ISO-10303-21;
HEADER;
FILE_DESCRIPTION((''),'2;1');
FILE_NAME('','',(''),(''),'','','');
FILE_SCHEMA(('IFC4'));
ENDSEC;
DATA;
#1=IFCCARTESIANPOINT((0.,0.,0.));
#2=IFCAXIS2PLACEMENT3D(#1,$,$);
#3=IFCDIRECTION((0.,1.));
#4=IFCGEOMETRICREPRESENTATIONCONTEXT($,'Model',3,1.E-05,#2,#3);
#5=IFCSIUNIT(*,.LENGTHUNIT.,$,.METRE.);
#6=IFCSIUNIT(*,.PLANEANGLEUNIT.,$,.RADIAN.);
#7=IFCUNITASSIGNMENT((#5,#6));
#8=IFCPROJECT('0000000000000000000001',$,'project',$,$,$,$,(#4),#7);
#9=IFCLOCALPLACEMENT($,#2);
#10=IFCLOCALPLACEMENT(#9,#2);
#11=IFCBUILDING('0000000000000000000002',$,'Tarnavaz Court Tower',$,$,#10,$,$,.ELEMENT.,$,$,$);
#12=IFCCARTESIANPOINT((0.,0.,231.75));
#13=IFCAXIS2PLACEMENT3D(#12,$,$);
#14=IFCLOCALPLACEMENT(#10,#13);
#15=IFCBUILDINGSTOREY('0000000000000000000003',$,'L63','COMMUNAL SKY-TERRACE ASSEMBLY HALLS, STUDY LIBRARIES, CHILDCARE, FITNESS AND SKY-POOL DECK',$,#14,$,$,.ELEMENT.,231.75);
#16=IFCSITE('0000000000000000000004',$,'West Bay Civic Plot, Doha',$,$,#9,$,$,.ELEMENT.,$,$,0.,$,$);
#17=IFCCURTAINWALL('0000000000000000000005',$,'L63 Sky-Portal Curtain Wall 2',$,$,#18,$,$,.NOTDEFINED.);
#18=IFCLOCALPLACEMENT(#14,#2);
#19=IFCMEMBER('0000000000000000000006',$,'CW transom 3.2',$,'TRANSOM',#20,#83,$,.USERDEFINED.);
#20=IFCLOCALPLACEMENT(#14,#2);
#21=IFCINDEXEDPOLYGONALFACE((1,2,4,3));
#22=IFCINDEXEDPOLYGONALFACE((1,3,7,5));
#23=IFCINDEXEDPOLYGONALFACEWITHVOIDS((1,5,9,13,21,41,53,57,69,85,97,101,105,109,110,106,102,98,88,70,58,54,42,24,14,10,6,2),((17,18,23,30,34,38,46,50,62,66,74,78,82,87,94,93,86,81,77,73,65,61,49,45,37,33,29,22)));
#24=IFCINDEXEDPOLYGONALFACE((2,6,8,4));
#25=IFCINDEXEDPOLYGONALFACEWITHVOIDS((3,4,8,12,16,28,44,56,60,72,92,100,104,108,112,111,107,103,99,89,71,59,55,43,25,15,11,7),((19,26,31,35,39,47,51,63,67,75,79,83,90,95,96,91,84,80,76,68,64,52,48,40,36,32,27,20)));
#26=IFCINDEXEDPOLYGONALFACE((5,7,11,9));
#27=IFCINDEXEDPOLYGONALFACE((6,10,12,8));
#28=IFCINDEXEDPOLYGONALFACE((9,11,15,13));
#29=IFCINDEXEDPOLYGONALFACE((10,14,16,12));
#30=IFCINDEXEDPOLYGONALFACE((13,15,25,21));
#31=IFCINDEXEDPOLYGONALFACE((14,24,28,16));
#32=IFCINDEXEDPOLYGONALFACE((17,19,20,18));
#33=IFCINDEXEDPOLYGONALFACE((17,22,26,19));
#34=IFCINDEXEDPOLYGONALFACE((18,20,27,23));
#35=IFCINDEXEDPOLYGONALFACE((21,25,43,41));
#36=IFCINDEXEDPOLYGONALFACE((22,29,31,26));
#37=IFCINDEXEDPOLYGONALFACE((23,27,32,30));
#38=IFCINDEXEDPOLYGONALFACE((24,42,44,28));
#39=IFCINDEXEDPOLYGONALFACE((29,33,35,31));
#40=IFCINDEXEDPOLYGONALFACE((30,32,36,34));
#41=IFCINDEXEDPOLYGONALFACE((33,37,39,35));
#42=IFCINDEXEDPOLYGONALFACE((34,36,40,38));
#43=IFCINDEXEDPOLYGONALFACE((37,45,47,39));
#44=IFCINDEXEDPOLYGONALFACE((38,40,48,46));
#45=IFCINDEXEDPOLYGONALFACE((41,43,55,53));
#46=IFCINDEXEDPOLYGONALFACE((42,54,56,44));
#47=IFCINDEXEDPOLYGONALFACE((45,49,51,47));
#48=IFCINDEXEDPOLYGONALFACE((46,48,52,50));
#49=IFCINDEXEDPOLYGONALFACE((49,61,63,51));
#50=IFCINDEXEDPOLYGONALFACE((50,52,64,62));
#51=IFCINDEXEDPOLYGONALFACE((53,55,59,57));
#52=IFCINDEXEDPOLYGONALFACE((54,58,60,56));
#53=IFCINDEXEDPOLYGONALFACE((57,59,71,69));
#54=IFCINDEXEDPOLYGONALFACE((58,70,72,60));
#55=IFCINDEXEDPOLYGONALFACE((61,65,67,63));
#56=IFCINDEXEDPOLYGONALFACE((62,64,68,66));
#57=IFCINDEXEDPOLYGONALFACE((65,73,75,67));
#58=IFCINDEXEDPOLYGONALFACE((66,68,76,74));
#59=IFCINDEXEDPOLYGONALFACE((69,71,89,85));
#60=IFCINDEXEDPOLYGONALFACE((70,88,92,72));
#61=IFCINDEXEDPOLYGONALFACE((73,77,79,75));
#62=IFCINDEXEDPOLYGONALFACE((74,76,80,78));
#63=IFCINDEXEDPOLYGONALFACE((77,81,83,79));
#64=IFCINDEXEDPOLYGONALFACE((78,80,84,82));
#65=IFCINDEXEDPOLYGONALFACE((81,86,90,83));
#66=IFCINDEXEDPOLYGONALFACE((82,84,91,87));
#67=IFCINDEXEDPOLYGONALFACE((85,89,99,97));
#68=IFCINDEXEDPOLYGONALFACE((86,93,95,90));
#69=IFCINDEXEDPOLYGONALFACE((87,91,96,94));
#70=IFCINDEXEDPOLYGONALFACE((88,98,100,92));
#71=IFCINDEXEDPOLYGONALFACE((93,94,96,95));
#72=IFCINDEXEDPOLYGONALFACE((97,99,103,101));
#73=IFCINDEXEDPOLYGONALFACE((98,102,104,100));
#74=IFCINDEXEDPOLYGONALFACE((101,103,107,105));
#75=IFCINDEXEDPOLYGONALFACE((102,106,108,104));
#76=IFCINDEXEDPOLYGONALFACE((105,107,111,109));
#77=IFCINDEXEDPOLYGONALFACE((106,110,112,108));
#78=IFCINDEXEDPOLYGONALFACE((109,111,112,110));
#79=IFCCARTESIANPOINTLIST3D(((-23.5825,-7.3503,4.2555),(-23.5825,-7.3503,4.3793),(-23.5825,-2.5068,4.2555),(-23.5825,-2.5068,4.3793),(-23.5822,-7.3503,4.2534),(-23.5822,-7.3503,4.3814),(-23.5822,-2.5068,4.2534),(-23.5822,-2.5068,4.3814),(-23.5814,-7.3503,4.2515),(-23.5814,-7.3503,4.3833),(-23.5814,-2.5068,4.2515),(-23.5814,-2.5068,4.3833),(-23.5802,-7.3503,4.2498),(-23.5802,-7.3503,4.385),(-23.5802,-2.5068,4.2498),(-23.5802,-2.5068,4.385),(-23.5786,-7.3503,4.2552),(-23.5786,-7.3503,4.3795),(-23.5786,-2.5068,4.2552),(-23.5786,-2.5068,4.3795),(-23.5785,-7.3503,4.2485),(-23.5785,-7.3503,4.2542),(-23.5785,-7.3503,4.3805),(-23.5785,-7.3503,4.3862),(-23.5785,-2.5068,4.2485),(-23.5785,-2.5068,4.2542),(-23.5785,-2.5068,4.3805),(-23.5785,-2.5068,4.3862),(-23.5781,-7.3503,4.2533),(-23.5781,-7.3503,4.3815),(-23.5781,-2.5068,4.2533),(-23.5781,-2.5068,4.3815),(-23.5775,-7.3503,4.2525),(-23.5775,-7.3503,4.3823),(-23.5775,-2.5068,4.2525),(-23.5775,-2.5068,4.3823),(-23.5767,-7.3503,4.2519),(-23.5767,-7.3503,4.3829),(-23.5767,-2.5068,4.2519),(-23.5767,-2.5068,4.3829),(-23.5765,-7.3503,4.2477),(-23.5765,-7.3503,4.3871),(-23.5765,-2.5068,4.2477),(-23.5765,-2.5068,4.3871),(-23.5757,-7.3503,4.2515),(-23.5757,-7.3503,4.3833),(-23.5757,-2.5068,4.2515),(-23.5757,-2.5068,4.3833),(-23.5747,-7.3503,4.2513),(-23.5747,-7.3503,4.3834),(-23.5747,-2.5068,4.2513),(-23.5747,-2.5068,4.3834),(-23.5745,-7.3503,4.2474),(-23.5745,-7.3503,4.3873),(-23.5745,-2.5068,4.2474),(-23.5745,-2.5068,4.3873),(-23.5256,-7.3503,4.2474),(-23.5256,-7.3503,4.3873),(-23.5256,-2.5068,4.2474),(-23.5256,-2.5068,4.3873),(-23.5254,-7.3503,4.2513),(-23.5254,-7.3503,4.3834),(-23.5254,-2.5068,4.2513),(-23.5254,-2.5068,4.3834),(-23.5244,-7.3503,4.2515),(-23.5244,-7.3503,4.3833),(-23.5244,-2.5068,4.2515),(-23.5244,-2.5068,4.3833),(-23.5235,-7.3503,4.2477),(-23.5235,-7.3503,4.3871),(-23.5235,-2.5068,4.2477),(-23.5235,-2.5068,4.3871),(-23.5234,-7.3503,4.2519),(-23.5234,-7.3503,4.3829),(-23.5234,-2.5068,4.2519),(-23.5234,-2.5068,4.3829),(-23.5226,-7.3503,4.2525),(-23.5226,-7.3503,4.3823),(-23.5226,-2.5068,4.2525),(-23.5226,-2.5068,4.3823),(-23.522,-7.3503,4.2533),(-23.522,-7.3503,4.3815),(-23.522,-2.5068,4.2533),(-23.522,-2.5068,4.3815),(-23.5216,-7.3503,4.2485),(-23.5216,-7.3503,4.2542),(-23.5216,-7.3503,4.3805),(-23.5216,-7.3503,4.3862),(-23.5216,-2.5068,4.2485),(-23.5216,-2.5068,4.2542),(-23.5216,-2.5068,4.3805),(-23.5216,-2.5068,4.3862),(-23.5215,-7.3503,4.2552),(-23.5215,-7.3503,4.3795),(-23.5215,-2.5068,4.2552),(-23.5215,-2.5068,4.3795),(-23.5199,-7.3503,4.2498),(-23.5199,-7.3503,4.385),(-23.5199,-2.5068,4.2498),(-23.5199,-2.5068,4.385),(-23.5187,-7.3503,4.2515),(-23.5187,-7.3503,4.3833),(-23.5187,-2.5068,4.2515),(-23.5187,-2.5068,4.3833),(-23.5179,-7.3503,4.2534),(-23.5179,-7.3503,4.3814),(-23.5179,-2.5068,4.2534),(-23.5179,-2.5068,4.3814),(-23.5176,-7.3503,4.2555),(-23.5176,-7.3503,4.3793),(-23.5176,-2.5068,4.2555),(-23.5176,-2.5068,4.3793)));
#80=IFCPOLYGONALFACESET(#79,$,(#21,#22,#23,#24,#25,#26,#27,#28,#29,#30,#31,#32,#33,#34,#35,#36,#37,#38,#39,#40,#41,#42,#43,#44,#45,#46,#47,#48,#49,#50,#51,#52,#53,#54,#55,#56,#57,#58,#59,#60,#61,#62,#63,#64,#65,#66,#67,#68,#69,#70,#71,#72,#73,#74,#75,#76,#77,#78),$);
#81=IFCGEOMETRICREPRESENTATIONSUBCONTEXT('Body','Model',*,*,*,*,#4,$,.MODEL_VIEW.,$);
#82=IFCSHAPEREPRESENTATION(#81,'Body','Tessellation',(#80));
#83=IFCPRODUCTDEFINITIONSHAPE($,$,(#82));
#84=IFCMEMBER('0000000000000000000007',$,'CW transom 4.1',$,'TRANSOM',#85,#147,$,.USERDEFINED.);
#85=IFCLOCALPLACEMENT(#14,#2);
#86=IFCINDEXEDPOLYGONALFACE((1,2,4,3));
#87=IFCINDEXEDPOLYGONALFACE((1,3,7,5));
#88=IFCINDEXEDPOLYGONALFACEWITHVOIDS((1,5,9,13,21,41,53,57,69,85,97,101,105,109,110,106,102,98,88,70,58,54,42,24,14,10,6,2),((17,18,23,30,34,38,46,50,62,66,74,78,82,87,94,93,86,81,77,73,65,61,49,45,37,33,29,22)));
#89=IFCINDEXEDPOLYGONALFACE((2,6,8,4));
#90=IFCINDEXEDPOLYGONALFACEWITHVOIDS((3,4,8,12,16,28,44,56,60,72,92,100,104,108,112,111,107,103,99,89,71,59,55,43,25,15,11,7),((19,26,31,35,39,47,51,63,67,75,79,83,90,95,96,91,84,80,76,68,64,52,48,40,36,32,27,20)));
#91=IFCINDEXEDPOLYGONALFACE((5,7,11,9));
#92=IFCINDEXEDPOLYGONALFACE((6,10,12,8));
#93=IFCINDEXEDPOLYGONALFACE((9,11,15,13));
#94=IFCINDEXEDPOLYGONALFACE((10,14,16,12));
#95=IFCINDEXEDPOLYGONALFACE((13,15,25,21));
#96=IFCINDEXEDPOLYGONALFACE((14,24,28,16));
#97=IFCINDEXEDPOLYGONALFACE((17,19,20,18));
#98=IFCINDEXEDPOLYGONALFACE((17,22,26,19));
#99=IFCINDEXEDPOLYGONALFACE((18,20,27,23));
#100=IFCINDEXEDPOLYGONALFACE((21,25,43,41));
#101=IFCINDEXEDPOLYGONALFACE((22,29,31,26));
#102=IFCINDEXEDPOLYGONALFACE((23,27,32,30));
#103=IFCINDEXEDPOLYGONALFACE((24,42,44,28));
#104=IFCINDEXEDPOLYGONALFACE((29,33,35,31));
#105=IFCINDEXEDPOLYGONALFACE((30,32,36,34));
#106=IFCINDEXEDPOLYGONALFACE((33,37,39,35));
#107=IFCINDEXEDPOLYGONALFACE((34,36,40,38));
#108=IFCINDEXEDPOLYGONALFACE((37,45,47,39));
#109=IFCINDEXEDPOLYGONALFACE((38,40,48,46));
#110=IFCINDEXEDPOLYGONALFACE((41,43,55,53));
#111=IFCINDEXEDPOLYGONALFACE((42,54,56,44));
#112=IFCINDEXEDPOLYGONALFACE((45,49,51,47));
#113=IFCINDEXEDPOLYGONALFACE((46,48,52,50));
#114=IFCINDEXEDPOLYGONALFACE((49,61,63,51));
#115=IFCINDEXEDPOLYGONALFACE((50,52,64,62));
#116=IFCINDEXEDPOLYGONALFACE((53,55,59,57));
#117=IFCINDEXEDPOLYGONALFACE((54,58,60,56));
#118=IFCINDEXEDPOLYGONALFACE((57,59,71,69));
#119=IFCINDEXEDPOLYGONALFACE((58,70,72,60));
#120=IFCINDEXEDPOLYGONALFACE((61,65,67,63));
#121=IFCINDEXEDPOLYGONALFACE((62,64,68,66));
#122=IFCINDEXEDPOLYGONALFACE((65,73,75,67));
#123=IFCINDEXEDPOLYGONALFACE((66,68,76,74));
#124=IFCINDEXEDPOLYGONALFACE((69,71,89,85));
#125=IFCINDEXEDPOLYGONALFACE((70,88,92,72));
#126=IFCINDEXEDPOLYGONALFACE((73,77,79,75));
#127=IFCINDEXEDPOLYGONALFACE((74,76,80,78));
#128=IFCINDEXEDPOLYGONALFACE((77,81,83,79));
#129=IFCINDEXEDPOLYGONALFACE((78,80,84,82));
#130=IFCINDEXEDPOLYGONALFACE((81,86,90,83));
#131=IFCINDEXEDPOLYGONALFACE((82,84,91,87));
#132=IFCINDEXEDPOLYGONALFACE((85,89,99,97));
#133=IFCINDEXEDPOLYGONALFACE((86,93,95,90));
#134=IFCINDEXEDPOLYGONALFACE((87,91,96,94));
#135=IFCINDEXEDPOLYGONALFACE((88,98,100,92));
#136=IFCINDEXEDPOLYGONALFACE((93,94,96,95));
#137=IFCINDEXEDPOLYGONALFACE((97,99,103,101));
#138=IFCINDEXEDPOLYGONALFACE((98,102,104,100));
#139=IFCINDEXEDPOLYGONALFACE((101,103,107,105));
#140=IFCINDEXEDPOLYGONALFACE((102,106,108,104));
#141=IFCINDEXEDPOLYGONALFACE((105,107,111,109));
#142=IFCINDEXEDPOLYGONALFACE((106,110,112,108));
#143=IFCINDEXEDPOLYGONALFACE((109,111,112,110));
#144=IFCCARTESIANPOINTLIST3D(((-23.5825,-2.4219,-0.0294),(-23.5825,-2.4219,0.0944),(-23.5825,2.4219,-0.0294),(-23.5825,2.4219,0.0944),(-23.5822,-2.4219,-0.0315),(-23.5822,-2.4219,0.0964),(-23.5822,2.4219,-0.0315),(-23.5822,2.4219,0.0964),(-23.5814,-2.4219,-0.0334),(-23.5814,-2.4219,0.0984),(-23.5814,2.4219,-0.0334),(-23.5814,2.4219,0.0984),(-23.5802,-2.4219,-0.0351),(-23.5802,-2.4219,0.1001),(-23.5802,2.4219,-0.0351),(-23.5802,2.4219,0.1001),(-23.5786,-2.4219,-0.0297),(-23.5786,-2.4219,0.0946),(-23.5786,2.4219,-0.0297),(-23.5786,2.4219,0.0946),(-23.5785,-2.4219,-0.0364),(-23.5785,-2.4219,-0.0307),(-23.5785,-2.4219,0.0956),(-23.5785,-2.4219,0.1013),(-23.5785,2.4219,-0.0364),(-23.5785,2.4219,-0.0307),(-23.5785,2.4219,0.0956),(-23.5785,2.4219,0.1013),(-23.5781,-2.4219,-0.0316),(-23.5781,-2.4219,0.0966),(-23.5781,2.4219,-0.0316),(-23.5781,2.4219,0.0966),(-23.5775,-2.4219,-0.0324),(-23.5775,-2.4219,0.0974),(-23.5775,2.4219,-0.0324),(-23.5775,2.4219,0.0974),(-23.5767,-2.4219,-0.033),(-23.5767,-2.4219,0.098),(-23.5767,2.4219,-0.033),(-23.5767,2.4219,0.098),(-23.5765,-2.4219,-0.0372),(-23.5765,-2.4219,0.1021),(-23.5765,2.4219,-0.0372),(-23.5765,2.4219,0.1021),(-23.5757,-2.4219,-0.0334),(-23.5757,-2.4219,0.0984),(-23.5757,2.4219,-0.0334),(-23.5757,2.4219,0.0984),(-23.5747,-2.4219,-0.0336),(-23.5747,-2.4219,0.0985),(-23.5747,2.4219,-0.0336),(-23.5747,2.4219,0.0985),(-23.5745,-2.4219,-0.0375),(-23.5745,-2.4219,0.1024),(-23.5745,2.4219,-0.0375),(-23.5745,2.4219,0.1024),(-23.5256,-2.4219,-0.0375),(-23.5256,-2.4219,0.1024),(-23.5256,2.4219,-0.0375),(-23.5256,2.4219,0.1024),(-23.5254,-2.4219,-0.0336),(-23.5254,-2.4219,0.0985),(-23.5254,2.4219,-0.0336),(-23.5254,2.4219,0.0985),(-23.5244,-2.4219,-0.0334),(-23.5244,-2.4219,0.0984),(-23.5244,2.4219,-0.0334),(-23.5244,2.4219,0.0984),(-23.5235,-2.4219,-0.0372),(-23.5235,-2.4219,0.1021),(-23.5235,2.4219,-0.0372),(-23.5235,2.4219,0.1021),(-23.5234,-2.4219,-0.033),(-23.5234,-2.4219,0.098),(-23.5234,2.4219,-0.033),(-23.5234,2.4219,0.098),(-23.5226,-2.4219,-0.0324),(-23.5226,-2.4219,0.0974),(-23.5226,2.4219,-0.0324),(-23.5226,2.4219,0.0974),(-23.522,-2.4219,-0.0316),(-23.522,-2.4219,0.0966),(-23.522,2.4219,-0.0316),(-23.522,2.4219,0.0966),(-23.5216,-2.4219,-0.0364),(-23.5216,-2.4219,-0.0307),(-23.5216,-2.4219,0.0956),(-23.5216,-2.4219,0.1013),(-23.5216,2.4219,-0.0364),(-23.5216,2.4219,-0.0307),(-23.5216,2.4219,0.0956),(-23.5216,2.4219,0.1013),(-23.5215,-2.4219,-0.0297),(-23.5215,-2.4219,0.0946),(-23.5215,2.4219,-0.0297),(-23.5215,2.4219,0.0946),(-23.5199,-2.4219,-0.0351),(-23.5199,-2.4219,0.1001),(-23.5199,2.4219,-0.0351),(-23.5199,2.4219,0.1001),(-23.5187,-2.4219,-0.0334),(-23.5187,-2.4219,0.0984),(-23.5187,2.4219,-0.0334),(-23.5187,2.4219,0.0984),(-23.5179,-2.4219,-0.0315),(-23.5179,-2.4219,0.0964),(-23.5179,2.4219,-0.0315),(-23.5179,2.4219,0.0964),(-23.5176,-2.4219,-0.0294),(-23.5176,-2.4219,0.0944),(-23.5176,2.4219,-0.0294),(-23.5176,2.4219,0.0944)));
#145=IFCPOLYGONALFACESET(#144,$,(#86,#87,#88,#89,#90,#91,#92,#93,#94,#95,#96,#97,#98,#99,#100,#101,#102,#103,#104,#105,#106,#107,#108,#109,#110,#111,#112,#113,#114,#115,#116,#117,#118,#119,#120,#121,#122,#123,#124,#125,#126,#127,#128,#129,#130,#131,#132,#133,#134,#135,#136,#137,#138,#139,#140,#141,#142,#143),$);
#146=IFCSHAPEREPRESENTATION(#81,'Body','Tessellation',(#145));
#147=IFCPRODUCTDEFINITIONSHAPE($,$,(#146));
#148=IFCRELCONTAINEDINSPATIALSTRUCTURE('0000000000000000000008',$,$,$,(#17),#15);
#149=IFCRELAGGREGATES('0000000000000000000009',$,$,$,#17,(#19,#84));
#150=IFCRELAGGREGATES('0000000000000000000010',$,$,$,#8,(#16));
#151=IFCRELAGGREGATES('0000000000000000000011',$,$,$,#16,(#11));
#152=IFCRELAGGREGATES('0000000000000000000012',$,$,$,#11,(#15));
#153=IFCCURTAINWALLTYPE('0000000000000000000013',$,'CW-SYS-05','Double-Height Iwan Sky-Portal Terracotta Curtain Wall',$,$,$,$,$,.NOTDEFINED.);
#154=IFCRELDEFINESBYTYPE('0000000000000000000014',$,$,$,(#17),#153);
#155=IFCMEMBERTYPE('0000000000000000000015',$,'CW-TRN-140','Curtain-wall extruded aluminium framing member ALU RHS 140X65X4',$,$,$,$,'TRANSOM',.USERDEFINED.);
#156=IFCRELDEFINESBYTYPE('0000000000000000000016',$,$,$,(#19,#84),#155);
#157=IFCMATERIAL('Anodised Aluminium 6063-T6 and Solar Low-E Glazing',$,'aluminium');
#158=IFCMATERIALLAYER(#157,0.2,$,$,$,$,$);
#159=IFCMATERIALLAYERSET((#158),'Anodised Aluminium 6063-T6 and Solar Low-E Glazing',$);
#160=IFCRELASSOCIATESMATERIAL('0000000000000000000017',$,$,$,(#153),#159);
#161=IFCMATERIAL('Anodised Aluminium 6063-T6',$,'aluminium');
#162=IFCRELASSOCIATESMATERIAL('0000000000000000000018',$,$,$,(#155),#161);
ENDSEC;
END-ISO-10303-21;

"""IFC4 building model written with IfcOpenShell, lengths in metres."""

from ifc_helpers import new_model, si_unit, direction, frame, origin, origin_2d, place, context, subcontext, project, spatial, hollow_rectangle, extrude, material, layer, layer_set, material_profile, profile_set, type_object, element, aggregate, save


model = new_model("IFC4")

# Units and contexts
model_context = context("Model", 3, precision=1e-05, world=origin(), true_north=direction((0.0, 1.0)))
body_context = subcontext(model_context, "Body", "Model", "MODEL_VIEW")
ifc_project = project(units=[si_unit("LENGTHUNIT", "METRE"), si_unit("PLANEANGLEUNIT", "RADIAN")], contexts=[model_context])

# Site, building, storey
site_placement = place(None, origin())
site = spatial("IfcSite", under=ifc_project, at=site_placement, Name="West Bay Civic Plot, Doha", CompositionType="ELEMENT", RefElevation=0.0)
building_placement = place(site_placement, origin())
building = spatial("IfcBuilding", under=site, at=building_placement, Name="Tarnavaz Court Tower", CompositionType="ELEMENT")
storey_placement = place(building_placement, frame((0.0, 0.0, 231.75)))
storey = spatial("IfcBuildingStorey", under=building, at=storey_placement, Name="L63", Description="COMMUNAL SKY-TERRACE ASSEMBLY HALLS, STUDY LIBRARIES, CHILDCARE, FITNESS AND SKY-POOL DECK", CompositionType="ELEMENT", Elevation=231.75)

# Curtain wall, members
ifc_material_1 = material(Name="Anodised Aluminium 6063-T6 and Solar Low-E Glazing", Category="aluminium")
ifc_layer_1 = layer(ifc_material_1, 0.2)
ifc_layer_set_1 = layer_set([ifc_layer_1], Name="Anodised Aluminium 6063-T6 and Solar Low-E Glazing")
curtain_wall_type = type_object("IfcCurtainWallType", Name="CW-SYS-05", Description="Double-Height Iwan Sky-Portal Terracotta Curtain Wall", PredefinedType="NOTDEFINED", material=ifc_layer_set_1)
curtain_wall_placement = place(storey_placement, origin())
curtain_wall = element("IfcCurtainWall", 1, at=curtain_wall_placement, inside=storey, type_object=curtain_wall_type, Name="L63 Sky-Portal Curtain Wall 2", PredefinedType="NOTDEFINED")
ifc_material_2 = material(Name="Anodised Aluminium 6063-T6", Category="aluminium")
ifc_material_profile_1 = material_profile(ifc_material_2, hollow_rectangle(XDim=0.0649, YDim=0.1399, WallThickness=0.0039, InnerFilletRadius=0.0039, OuterFilletRadius=0.0081, at=origin_2d()), Name="ALU RHS 140X65X4")
ifc_profile_set_1 = profile_set([ifc_material_profile_1], Name="Anodised Aluminium 6063-T6")
member_type_1 = type_object("IfcMemberType", Name="CW-TRN-140", Description="Curtain-wall extruded aluminium framing member ALU RHS 140X65X4", ElementType="TRANSOM", PredefinedType="USERDEFINED", material=ifc_profile_set_1)
member_1_placement = place(storey_placement, frame((-23.55, -7.3503, 4.3174), z_axis=(0.0, 1.0, 0.0), x_axis=(-1.0, 0.0, 0.0)))
member_1 = element("IfcMember", 2, at=member_1_placement, type_object=member_type_1, Name="CW transom 3.2", ObjectType="TRANSOM", PredefinedType="USERDEFINED", context=body_context, shape_type="SweptSolid", body=[
    extrude(hollow_rectangle(XDim=0.0649, YDim=0.1399, WallThickness=0.0039, InnerFilletRadius=0.0039, OuterFilletRadius=0.0081, at=origin_2d()), origin(), (0.0, 0.0, 1.0), 4.8435),
])
member_2_placement = place(storey_placement, frame((-23.55, -2.4219, 0.0325), z_axis=(0.0, 1.0, 0.0), x_axis=(-1.0, 0.0, 0.0)))
member_2 = element("IfcMember", 3, at=member_2_placement, type_object=member_type_1, Name="CW transom 4.1", ObjectType="TRANSOM", PredefinedType="USERDEFINED", context=body_context, shape_type="SweptSolid", body=[
    extrude(hollow_rectangle(XDim=0.0649, YDim=0.1399, WallThickness=0.0039, InnerFilletRadius=0.0039, OuterFilletRadius=0.0081, at=origin_2d()), origin(), (0.0, 0.0, 1.0), 4.8438),
])
aggregate(curtain_wall, [member_1, member_2])

save(model, "model.ifc")
